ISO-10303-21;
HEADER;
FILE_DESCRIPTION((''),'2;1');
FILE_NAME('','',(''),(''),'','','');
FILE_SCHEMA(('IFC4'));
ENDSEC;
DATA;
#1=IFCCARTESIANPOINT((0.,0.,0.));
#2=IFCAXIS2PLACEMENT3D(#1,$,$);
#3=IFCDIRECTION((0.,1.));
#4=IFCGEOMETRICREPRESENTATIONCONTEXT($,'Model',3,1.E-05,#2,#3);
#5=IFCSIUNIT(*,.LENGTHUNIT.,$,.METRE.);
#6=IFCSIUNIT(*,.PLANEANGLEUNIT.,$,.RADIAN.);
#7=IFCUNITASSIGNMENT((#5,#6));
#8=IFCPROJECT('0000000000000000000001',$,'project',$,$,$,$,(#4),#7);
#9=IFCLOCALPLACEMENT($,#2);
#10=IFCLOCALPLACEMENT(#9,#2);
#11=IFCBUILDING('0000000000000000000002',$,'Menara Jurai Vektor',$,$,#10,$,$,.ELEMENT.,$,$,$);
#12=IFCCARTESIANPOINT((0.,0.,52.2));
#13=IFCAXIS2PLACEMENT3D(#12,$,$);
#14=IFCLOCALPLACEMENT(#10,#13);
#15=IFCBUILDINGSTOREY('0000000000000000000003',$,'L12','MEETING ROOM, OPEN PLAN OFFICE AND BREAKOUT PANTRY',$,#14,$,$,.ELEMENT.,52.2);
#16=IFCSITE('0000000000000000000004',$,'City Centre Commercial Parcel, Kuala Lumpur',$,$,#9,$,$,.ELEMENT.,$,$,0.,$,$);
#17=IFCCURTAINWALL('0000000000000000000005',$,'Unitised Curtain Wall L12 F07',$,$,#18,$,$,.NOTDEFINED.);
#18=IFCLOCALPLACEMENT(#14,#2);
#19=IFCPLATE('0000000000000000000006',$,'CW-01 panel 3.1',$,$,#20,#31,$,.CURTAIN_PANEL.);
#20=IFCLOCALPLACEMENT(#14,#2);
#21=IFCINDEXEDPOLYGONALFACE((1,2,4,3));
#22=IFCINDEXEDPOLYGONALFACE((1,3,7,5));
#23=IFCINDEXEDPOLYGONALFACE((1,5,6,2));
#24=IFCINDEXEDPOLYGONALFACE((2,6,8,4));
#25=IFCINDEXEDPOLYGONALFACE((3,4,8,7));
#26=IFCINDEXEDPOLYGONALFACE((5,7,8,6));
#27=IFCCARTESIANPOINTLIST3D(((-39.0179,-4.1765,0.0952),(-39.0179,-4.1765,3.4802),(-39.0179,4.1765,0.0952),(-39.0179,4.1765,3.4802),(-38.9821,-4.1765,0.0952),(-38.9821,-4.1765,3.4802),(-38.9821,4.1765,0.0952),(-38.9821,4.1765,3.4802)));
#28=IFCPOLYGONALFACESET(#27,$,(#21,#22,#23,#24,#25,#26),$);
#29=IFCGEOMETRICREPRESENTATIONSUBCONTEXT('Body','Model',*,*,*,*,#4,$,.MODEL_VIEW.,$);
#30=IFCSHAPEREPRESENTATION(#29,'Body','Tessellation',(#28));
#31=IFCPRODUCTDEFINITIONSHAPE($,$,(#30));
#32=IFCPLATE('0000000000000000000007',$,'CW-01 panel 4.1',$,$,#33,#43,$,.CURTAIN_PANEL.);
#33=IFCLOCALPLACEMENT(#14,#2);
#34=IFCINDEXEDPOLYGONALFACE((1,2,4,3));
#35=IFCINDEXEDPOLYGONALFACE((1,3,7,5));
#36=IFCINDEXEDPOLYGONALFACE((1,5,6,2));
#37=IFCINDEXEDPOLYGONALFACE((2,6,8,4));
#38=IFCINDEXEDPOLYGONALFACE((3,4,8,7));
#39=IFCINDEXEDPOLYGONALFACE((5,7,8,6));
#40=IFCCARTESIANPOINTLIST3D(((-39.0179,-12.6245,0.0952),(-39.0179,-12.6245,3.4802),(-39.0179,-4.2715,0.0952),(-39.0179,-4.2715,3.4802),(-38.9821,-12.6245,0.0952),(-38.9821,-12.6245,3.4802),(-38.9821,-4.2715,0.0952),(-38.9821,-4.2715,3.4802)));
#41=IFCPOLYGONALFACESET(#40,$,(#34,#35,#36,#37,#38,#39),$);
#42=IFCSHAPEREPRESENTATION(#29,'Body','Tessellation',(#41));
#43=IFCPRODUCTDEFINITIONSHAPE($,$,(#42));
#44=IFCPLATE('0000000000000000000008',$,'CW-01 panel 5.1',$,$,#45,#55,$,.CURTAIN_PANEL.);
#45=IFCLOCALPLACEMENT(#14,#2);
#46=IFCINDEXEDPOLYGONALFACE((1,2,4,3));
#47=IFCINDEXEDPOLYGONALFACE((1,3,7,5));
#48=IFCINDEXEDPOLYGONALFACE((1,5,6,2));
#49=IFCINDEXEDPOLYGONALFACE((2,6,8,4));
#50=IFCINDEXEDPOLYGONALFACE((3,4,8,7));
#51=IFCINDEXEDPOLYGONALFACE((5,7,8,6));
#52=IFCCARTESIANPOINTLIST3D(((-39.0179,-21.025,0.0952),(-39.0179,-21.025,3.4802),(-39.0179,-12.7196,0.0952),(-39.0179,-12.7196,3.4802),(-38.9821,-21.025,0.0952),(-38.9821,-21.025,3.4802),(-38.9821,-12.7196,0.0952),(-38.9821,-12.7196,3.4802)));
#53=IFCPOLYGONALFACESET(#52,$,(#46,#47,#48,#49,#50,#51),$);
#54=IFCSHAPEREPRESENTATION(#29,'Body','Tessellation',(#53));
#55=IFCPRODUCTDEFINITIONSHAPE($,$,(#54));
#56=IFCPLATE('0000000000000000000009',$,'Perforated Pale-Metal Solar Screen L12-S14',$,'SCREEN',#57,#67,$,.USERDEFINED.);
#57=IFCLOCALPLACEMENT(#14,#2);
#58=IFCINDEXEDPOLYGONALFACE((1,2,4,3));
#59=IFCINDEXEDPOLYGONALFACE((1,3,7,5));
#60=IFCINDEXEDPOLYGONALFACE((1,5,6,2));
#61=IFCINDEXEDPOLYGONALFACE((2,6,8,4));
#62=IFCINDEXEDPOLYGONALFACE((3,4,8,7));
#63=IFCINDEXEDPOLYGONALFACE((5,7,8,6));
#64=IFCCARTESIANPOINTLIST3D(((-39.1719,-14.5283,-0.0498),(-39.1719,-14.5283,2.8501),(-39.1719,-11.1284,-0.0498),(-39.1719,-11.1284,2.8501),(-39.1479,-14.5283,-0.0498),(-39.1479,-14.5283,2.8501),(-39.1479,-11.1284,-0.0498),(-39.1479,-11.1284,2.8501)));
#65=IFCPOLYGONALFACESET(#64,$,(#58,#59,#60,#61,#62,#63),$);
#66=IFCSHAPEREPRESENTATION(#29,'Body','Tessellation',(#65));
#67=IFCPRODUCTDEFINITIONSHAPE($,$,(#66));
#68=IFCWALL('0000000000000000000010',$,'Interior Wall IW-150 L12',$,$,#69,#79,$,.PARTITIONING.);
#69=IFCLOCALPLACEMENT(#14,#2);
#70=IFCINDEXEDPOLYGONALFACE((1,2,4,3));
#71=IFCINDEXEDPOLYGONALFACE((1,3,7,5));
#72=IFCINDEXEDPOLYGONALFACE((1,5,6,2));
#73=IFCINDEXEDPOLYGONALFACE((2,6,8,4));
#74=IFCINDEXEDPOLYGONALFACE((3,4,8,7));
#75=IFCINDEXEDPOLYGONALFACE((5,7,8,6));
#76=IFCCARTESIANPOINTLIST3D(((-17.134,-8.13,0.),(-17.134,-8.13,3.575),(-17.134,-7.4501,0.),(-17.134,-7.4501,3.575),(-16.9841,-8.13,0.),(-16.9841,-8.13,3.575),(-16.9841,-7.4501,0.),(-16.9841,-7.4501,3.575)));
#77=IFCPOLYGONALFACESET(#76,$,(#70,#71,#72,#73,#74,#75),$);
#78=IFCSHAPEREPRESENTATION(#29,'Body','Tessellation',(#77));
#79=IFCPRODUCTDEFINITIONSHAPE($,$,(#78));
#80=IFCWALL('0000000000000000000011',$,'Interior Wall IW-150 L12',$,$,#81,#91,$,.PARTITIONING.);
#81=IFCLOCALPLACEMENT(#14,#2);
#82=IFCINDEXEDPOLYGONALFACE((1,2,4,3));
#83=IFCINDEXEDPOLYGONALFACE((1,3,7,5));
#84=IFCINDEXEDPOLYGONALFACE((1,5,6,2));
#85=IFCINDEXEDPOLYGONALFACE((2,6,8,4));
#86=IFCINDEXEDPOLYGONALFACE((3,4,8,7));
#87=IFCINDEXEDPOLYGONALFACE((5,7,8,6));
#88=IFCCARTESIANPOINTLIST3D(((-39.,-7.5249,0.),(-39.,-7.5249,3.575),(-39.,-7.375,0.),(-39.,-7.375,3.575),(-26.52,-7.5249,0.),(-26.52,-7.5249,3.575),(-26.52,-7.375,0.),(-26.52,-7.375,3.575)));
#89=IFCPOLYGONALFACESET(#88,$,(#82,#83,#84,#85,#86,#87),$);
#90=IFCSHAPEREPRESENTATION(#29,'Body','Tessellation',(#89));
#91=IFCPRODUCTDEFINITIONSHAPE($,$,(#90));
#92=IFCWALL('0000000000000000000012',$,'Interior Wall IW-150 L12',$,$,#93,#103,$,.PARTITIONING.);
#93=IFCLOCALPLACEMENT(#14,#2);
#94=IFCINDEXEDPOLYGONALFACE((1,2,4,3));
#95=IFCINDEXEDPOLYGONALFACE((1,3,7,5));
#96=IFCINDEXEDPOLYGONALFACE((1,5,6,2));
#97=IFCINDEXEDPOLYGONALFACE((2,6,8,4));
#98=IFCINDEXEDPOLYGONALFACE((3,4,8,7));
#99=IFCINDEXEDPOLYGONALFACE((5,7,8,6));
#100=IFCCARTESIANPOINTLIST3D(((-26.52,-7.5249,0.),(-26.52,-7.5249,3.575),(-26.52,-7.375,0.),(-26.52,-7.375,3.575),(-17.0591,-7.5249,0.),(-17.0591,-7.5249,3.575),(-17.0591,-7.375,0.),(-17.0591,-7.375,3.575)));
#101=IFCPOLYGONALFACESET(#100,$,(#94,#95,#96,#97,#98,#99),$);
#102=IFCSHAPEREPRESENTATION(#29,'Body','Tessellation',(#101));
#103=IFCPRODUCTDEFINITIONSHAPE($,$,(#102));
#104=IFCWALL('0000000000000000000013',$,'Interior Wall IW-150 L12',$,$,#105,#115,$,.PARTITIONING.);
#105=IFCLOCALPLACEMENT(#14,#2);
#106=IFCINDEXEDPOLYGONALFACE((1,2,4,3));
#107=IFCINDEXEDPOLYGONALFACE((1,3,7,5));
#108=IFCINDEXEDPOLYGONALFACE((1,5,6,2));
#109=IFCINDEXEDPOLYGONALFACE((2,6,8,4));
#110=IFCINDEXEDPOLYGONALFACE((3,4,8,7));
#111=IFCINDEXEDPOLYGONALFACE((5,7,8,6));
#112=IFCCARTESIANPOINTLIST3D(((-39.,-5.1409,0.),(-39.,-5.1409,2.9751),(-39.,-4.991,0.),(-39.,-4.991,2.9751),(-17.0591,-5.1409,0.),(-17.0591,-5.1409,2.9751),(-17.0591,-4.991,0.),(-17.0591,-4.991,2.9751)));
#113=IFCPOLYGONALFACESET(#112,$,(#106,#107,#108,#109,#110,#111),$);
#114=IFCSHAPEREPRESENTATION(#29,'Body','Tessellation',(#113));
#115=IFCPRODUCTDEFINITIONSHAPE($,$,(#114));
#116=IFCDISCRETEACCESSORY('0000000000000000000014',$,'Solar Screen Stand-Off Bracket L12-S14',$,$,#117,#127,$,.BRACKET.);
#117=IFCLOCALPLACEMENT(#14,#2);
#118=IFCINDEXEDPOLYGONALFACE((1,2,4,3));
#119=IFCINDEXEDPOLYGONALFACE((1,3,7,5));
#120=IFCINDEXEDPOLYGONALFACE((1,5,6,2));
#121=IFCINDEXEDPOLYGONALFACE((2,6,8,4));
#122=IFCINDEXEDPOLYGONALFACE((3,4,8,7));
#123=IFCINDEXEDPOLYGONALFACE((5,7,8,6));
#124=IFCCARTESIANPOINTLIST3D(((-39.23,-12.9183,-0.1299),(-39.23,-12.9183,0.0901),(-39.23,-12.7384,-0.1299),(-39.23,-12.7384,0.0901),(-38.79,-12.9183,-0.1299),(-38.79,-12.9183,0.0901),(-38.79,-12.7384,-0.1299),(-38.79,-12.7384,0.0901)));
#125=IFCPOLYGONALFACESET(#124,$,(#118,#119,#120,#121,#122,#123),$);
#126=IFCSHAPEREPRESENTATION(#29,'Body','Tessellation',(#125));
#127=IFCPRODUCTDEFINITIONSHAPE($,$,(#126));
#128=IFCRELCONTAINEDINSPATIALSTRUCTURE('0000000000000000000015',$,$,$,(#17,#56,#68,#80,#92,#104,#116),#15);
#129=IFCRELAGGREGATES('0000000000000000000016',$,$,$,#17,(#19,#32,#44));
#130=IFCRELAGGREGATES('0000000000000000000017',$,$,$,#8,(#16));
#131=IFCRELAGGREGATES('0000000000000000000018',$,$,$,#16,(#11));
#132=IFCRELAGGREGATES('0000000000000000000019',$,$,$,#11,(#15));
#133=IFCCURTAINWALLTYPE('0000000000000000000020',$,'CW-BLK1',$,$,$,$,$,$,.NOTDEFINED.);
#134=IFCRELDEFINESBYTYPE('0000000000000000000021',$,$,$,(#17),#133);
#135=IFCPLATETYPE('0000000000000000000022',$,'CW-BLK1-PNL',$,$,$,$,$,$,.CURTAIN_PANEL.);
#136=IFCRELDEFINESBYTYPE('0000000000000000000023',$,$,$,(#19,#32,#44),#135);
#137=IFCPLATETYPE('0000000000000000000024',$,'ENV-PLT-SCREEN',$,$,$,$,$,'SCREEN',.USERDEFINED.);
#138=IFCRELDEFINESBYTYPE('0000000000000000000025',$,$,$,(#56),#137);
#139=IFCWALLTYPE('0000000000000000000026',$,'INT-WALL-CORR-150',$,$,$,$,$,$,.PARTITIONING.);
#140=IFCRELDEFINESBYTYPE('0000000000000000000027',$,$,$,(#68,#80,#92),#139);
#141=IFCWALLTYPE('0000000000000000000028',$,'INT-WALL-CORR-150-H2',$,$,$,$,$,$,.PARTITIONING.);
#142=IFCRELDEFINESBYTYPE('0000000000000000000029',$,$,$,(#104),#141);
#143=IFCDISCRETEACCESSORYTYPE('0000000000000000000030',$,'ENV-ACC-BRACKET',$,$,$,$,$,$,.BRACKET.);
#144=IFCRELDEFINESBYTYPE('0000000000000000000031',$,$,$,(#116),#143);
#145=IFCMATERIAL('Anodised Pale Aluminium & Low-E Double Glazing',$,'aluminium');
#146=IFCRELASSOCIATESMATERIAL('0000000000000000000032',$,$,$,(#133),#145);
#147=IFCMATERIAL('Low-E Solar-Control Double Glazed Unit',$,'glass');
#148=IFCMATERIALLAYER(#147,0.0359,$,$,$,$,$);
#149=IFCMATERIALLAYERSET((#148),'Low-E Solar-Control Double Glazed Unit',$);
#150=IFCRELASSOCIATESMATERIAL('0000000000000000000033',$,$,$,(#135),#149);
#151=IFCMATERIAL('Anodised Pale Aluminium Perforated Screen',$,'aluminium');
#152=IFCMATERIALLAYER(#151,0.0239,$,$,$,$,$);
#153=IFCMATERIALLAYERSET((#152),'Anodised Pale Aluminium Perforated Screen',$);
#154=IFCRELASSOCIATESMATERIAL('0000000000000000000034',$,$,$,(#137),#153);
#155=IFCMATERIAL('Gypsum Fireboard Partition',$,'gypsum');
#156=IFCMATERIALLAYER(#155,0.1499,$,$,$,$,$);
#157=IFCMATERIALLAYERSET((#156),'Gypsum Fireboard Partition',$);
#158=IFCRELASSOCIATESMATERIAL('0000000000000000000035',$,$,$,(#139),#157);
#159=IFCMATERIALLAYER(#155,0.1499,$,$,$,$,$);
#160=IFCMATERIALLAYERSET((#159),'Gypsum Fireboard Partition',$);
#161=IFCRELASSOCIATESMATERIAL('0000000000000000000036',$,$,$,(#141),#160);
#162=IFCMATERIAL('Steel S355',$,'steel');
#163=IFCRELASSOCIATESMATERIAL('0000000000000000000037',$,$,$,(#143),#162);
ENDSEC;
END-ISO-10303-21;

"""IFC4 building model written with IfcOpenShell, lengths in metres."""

from ifc_helpers import new_model, si_unit, direction, frame, frame_2d, origin, origin_2d, place, context, subcontext, project, spatial, rectangle, extrude, material, layer, layer_set, type_object, element, aggregate, save


model = new_model("IFC4")

# Units and contexts
model_context = context("Model", 3, precision=1e-05, world=origin(), true_north=direction((0.0, 1.0)))
body_context = subcontext(model_context, "Body", "Model", "MODEL_VIEW")
ifc_project = project(units=[si_unit("LENGTHUNIT", "METRE"), si_unit("PLANEANGLEUNIT", "RADIAN")], contexts=[model_context])

# Site, building, storey
site_placement = place(None, origin())
site = spatial("IfcSite", under=ifc_project, at=site_placement, Name="City Centre Commercial Parcel, Kuala Lumpur", CompositionType="ELEMENT", RefElevation=0.0)
building_placement = place(site_placement, origin())
building = spatial("IfcBuilding", under=site, at=building_placement, Name="Menara Jurai Vektor", CompositionType="ELEMENT")
storey_placement = place(building_placement, frame((0.0, 0.0, 52.2)))
storey = spatial("IfcBuildingStorey", under=building, at=storey_placement, Name="L12", Description="MEETING ROOM, OPEN PLAN OFFICE AND BREAKOUT PANTRY", CompositionType="ELEMENT", Elevation=52.2)

# Curtain wall
ifc_material_1 = material(Name="Anodised Pale Aluminium & Low-E Double Glazing", Category="aluminium")
curtain_wall_type = type_object("IfcCurtainWallType", Name="CW-BLK1", PredefinedType="NOTDEFINED", material=ifc_material_1)
curtain_wall_1_placement = place(storey_placement, origin())
curtain_wall_1 = element("IfcCurtainWall", 1, at=curtain_wall_1_placement, inside=storey, type_object=curtain_wall_type, Name="Unitised Curtain Wall L12 F07", PredefinedType="NOTDEFINED")

# Shared definitions
ifc_material_2 = material(Name="Steel S355", Category="steel")

# Plates
ifc_material_3 = material(Name="Low-E Solar-Control Double Glazed Unit", Category="glass")
ifc_layer_1 = layer(ifc_material_3, 0.0359)
ifc_layer_set_1 = layer_set([ifc_layer_1], Name="Low-E Solar-Control Double Glazed Unit")
plate_type_1 = type_object("IfcPlateType", Name="CW-BLK1-PNL", PredefinedType="CURTAIN_PANEL", material=ifc_layer_set_1)
plate_1_placement = place(storey_placement, frame((-39.0, 0.0, 0.0952), z_axis=(0.0, 0.0, 1.0), x_axis=(0.0, -1.0, 0.0)))
plate_1 = element("IfcPlate", 2, at=plate_1_placement, type_object=plate_type_1, Name="CW-01 panel 3.1", PredefinedType="CURTAIN_PANEL", context=body_context, shape_type="SweptSolid", body=[
    extrude(rectangle(XDim=8.353, YDim=0.0359, at=origin_2d()), origin(), (0.0, 0.0, 1.0), 3.385),
])
plate_2_placement = place(storey_placement, frame((-39.0, -8.448, 0.0952), z_axis=(0.0, 0.0, 1.0), x_axis=(0.0, -1.0, 0.0)))
plate_2 = element("IfcPlate", 3, at=plate_2_placement, type_object=plate_type_1, Name="CW-01 panel 4.1", PredefinedType="CURTAIN_PANEL", context=body_context, shape_type="SweptSolid", body=[
    extrude(rectangle(XDim=8.353, YDim=0.0359, at=origin_2d()), origin(), (0.0, 0.0, 1.0), 3.385),
])
plate_3_placement = place(storey_placement, frame((-39.0, -16.8723, 0.0952), z_axis=(0.0, 0.0, 1.0), x_axis=(0.0, -1.0, 0.0)))
plate_3 = element("IfcPlate", 4, at=plate_3_placement, type_object=plate_type_1, Name="CW-01 panel 5.1", PredefinedType="CURTAIN_PANEL", context=body_context, shape_type="SweptSolid", body=[
    extrude(rectangle(XDim=8.3054, YDim=0.0359, at=origin_2d()), origin(), (0.0, 0.0, 1.0), 3.385),
])
aggregate(curtain_wall_1, [plate_1, plate_2, plate_3])
ifc_material_4 = material(Name="Anodised Pale Aluminium Perforated Screen", Category="aluminium")
ifc_layer_2 = layer(ifc_material_4, 0.0239)
ifc_layer_set_2 = layer_set([ifc_layer_2], Name="Anodised Pale Aluminium Perforated Screen")
plate_type_2 = type_object("IfcPlateType", Name="ENV-PLT-SCREEN", ElementType="SCREEN", PredefinedType="USERDEFINED", material=ifc_layer_set_2)
plate_4_placement = place(storey_placement, frame((-39.1599, -12.8284, -0.0498), z_axis=(0.0, 0.0, 1.0), x_axis=(0.0, -1.0, 0.0)))
element("IfcPlate", 5, at=plate_4_placement, inside=storey, type_object=plate_type_2, Name="Perforated Pale-Metal Solar Screen L12-S14", ObjectType="SCREEN", PredefinedType="USERDEFINED", context=body_context, shape_type="SweptSolid", body=[
    extrude(rectangle(XDim=3.3999, YDim=0.0239, at=origin_2d()), origin(), (0.0, 0.0, 1.0), 2.8999),
])

# Walls
ifc_material_5 = material(Name="Gypsum Fireboard Partition", Category="gypsum")
ifc_layer_3 = layer(ifc_material_5, 0.1499)
ifc_layer_set_3 = layer_set([ifc_layer_3], Name="Gypsum Fireboard Partition")
wall_type_1 = type_object("IfcWallType", Name="INT-WALL-CORR-150", PredefinedType="PARTITIONING", material=ifc_layer_set_3)
wall_1_placement = place(storey_placement, frame((-17.0591, -8.1299, 0.0), z_axis=(0.0, 0.0, 1.0), x_axis=(0.0, 1.0, 0.0)))
element("IfcWall", 6, at=wall_1_placement, inside=storey, type_object=wall_type_1, Name="Interior Wall IW-150 L12", PredefinedType="PARTITIONING", context=body_context, shape_type="SweptSolid", body=[
    extrude(rectangle(XDim=0.6799, YDim=0.1499, at=frame_2d((0.3398, 0.0))), origin(), (0.0, 0.0, 1.0), 3.575),
])
wall_2_placement = place(storey_placement, frame((-39.0, -7.45, 0.0), z_axis=(0.0, 0.0, 1.0), x_axis=(1.0, 0.0, 0.0)))
element("IfcWall", 7, at=wall_2_placement, inside=storey, type_object=wall_type_1, Name="Interior Wall IW-150 L12", PredefinedType="PARTITIONING", context=body_context, shape_type="SweptSolid", body=[
    extrude(rectangle(XDim=12.48, YDim=0.1499, at=frame_2d((6.24, 0.0))), origin(), (0.0, 0.0, 1.0), 3.575),
])
wall_3_placement = place(storey_placement, frame((-26.52, -7.45, 0.0), z_axis=(0.0, 0.0, 1.0), x_axis=(1.0, 0.0, 0.0)))
element("IfcWall", 8, at=wall_3_placement, inside=storey, type_object=wall_type_1, Name="Interior Wall IW-150 L12", PredefinedType="PARTITIONING", context=body_context, shape_type="SweptSolid", body=[
    extrude(rectangle(XDim=9.4609, YDim=0.1499, at=frame_2d((4.7305, 0.0))), origin(), (0.0, 0.0, 1.0), 3.575),
])
ifc_layer_4 = layer(ifc_material_5, 0.1499)
ifc_layer_set_4 = layer_set([ifc_layer_4], Name="Gypsum Fireboard Partition")
wall_type_2 = type_object("IfcWallType", Name="INT-WALL-CORR-150-H2", PredefinedType="PARTITIONING", material=ifc_layer_set_4)
wall_4_placement = place(storey_placement, frame((-39.0, -5.0659, 0.0), z_axis=(0.0, 0.0, 1.0), x_axis=(1.0, 0.0, 0.0)))
element("IfcWall", 9, at=wall_4_placement, inside=storey, type_object=wall_type_2, Name="Interior Wall IW-150 L12", PredefinedType="PARTITIONING", context=body_context, shape_type="SweptSolid", body=[
    extrude(rectangle(XDim=21.9409, YDim=0.1499, at=frame_2d((10.9705, 0.0))), origin(), (0.0, 0.0, 1.0), 2.9751),
])

# Discrete accessory
discrete_accessory_type = type_object("IfcDiscreteAccessoryType", Name="ENV-ACC-BRACKET", PredefinedType="BRACKET", material=ifc_material_2)
discrete_accessory_placement = place(storey_placement, frame((-39.01, -12.8284, -0.1299), z_axis=(0.0, 0.0, 1.0), x_axis=(0.0, -1.0, 0.0)))
element("IfcDiscreteAccessory", 10, at=discrete_accessory_placement, inside=storey, type_object=discrete_accessory_type, Name="Solar Screen Stand-Off Bracket L12-S14", PredefinedType="BRACKET", context=body_context, shape_type="SweptSolid", body=[
    extrude(rectangle(XDim=0.1799, YDim=0.4399, at=origin_2d()), origin(), (0.0, 0.0, 1.0), 0.22),
])

save(model, "model.ifc")
